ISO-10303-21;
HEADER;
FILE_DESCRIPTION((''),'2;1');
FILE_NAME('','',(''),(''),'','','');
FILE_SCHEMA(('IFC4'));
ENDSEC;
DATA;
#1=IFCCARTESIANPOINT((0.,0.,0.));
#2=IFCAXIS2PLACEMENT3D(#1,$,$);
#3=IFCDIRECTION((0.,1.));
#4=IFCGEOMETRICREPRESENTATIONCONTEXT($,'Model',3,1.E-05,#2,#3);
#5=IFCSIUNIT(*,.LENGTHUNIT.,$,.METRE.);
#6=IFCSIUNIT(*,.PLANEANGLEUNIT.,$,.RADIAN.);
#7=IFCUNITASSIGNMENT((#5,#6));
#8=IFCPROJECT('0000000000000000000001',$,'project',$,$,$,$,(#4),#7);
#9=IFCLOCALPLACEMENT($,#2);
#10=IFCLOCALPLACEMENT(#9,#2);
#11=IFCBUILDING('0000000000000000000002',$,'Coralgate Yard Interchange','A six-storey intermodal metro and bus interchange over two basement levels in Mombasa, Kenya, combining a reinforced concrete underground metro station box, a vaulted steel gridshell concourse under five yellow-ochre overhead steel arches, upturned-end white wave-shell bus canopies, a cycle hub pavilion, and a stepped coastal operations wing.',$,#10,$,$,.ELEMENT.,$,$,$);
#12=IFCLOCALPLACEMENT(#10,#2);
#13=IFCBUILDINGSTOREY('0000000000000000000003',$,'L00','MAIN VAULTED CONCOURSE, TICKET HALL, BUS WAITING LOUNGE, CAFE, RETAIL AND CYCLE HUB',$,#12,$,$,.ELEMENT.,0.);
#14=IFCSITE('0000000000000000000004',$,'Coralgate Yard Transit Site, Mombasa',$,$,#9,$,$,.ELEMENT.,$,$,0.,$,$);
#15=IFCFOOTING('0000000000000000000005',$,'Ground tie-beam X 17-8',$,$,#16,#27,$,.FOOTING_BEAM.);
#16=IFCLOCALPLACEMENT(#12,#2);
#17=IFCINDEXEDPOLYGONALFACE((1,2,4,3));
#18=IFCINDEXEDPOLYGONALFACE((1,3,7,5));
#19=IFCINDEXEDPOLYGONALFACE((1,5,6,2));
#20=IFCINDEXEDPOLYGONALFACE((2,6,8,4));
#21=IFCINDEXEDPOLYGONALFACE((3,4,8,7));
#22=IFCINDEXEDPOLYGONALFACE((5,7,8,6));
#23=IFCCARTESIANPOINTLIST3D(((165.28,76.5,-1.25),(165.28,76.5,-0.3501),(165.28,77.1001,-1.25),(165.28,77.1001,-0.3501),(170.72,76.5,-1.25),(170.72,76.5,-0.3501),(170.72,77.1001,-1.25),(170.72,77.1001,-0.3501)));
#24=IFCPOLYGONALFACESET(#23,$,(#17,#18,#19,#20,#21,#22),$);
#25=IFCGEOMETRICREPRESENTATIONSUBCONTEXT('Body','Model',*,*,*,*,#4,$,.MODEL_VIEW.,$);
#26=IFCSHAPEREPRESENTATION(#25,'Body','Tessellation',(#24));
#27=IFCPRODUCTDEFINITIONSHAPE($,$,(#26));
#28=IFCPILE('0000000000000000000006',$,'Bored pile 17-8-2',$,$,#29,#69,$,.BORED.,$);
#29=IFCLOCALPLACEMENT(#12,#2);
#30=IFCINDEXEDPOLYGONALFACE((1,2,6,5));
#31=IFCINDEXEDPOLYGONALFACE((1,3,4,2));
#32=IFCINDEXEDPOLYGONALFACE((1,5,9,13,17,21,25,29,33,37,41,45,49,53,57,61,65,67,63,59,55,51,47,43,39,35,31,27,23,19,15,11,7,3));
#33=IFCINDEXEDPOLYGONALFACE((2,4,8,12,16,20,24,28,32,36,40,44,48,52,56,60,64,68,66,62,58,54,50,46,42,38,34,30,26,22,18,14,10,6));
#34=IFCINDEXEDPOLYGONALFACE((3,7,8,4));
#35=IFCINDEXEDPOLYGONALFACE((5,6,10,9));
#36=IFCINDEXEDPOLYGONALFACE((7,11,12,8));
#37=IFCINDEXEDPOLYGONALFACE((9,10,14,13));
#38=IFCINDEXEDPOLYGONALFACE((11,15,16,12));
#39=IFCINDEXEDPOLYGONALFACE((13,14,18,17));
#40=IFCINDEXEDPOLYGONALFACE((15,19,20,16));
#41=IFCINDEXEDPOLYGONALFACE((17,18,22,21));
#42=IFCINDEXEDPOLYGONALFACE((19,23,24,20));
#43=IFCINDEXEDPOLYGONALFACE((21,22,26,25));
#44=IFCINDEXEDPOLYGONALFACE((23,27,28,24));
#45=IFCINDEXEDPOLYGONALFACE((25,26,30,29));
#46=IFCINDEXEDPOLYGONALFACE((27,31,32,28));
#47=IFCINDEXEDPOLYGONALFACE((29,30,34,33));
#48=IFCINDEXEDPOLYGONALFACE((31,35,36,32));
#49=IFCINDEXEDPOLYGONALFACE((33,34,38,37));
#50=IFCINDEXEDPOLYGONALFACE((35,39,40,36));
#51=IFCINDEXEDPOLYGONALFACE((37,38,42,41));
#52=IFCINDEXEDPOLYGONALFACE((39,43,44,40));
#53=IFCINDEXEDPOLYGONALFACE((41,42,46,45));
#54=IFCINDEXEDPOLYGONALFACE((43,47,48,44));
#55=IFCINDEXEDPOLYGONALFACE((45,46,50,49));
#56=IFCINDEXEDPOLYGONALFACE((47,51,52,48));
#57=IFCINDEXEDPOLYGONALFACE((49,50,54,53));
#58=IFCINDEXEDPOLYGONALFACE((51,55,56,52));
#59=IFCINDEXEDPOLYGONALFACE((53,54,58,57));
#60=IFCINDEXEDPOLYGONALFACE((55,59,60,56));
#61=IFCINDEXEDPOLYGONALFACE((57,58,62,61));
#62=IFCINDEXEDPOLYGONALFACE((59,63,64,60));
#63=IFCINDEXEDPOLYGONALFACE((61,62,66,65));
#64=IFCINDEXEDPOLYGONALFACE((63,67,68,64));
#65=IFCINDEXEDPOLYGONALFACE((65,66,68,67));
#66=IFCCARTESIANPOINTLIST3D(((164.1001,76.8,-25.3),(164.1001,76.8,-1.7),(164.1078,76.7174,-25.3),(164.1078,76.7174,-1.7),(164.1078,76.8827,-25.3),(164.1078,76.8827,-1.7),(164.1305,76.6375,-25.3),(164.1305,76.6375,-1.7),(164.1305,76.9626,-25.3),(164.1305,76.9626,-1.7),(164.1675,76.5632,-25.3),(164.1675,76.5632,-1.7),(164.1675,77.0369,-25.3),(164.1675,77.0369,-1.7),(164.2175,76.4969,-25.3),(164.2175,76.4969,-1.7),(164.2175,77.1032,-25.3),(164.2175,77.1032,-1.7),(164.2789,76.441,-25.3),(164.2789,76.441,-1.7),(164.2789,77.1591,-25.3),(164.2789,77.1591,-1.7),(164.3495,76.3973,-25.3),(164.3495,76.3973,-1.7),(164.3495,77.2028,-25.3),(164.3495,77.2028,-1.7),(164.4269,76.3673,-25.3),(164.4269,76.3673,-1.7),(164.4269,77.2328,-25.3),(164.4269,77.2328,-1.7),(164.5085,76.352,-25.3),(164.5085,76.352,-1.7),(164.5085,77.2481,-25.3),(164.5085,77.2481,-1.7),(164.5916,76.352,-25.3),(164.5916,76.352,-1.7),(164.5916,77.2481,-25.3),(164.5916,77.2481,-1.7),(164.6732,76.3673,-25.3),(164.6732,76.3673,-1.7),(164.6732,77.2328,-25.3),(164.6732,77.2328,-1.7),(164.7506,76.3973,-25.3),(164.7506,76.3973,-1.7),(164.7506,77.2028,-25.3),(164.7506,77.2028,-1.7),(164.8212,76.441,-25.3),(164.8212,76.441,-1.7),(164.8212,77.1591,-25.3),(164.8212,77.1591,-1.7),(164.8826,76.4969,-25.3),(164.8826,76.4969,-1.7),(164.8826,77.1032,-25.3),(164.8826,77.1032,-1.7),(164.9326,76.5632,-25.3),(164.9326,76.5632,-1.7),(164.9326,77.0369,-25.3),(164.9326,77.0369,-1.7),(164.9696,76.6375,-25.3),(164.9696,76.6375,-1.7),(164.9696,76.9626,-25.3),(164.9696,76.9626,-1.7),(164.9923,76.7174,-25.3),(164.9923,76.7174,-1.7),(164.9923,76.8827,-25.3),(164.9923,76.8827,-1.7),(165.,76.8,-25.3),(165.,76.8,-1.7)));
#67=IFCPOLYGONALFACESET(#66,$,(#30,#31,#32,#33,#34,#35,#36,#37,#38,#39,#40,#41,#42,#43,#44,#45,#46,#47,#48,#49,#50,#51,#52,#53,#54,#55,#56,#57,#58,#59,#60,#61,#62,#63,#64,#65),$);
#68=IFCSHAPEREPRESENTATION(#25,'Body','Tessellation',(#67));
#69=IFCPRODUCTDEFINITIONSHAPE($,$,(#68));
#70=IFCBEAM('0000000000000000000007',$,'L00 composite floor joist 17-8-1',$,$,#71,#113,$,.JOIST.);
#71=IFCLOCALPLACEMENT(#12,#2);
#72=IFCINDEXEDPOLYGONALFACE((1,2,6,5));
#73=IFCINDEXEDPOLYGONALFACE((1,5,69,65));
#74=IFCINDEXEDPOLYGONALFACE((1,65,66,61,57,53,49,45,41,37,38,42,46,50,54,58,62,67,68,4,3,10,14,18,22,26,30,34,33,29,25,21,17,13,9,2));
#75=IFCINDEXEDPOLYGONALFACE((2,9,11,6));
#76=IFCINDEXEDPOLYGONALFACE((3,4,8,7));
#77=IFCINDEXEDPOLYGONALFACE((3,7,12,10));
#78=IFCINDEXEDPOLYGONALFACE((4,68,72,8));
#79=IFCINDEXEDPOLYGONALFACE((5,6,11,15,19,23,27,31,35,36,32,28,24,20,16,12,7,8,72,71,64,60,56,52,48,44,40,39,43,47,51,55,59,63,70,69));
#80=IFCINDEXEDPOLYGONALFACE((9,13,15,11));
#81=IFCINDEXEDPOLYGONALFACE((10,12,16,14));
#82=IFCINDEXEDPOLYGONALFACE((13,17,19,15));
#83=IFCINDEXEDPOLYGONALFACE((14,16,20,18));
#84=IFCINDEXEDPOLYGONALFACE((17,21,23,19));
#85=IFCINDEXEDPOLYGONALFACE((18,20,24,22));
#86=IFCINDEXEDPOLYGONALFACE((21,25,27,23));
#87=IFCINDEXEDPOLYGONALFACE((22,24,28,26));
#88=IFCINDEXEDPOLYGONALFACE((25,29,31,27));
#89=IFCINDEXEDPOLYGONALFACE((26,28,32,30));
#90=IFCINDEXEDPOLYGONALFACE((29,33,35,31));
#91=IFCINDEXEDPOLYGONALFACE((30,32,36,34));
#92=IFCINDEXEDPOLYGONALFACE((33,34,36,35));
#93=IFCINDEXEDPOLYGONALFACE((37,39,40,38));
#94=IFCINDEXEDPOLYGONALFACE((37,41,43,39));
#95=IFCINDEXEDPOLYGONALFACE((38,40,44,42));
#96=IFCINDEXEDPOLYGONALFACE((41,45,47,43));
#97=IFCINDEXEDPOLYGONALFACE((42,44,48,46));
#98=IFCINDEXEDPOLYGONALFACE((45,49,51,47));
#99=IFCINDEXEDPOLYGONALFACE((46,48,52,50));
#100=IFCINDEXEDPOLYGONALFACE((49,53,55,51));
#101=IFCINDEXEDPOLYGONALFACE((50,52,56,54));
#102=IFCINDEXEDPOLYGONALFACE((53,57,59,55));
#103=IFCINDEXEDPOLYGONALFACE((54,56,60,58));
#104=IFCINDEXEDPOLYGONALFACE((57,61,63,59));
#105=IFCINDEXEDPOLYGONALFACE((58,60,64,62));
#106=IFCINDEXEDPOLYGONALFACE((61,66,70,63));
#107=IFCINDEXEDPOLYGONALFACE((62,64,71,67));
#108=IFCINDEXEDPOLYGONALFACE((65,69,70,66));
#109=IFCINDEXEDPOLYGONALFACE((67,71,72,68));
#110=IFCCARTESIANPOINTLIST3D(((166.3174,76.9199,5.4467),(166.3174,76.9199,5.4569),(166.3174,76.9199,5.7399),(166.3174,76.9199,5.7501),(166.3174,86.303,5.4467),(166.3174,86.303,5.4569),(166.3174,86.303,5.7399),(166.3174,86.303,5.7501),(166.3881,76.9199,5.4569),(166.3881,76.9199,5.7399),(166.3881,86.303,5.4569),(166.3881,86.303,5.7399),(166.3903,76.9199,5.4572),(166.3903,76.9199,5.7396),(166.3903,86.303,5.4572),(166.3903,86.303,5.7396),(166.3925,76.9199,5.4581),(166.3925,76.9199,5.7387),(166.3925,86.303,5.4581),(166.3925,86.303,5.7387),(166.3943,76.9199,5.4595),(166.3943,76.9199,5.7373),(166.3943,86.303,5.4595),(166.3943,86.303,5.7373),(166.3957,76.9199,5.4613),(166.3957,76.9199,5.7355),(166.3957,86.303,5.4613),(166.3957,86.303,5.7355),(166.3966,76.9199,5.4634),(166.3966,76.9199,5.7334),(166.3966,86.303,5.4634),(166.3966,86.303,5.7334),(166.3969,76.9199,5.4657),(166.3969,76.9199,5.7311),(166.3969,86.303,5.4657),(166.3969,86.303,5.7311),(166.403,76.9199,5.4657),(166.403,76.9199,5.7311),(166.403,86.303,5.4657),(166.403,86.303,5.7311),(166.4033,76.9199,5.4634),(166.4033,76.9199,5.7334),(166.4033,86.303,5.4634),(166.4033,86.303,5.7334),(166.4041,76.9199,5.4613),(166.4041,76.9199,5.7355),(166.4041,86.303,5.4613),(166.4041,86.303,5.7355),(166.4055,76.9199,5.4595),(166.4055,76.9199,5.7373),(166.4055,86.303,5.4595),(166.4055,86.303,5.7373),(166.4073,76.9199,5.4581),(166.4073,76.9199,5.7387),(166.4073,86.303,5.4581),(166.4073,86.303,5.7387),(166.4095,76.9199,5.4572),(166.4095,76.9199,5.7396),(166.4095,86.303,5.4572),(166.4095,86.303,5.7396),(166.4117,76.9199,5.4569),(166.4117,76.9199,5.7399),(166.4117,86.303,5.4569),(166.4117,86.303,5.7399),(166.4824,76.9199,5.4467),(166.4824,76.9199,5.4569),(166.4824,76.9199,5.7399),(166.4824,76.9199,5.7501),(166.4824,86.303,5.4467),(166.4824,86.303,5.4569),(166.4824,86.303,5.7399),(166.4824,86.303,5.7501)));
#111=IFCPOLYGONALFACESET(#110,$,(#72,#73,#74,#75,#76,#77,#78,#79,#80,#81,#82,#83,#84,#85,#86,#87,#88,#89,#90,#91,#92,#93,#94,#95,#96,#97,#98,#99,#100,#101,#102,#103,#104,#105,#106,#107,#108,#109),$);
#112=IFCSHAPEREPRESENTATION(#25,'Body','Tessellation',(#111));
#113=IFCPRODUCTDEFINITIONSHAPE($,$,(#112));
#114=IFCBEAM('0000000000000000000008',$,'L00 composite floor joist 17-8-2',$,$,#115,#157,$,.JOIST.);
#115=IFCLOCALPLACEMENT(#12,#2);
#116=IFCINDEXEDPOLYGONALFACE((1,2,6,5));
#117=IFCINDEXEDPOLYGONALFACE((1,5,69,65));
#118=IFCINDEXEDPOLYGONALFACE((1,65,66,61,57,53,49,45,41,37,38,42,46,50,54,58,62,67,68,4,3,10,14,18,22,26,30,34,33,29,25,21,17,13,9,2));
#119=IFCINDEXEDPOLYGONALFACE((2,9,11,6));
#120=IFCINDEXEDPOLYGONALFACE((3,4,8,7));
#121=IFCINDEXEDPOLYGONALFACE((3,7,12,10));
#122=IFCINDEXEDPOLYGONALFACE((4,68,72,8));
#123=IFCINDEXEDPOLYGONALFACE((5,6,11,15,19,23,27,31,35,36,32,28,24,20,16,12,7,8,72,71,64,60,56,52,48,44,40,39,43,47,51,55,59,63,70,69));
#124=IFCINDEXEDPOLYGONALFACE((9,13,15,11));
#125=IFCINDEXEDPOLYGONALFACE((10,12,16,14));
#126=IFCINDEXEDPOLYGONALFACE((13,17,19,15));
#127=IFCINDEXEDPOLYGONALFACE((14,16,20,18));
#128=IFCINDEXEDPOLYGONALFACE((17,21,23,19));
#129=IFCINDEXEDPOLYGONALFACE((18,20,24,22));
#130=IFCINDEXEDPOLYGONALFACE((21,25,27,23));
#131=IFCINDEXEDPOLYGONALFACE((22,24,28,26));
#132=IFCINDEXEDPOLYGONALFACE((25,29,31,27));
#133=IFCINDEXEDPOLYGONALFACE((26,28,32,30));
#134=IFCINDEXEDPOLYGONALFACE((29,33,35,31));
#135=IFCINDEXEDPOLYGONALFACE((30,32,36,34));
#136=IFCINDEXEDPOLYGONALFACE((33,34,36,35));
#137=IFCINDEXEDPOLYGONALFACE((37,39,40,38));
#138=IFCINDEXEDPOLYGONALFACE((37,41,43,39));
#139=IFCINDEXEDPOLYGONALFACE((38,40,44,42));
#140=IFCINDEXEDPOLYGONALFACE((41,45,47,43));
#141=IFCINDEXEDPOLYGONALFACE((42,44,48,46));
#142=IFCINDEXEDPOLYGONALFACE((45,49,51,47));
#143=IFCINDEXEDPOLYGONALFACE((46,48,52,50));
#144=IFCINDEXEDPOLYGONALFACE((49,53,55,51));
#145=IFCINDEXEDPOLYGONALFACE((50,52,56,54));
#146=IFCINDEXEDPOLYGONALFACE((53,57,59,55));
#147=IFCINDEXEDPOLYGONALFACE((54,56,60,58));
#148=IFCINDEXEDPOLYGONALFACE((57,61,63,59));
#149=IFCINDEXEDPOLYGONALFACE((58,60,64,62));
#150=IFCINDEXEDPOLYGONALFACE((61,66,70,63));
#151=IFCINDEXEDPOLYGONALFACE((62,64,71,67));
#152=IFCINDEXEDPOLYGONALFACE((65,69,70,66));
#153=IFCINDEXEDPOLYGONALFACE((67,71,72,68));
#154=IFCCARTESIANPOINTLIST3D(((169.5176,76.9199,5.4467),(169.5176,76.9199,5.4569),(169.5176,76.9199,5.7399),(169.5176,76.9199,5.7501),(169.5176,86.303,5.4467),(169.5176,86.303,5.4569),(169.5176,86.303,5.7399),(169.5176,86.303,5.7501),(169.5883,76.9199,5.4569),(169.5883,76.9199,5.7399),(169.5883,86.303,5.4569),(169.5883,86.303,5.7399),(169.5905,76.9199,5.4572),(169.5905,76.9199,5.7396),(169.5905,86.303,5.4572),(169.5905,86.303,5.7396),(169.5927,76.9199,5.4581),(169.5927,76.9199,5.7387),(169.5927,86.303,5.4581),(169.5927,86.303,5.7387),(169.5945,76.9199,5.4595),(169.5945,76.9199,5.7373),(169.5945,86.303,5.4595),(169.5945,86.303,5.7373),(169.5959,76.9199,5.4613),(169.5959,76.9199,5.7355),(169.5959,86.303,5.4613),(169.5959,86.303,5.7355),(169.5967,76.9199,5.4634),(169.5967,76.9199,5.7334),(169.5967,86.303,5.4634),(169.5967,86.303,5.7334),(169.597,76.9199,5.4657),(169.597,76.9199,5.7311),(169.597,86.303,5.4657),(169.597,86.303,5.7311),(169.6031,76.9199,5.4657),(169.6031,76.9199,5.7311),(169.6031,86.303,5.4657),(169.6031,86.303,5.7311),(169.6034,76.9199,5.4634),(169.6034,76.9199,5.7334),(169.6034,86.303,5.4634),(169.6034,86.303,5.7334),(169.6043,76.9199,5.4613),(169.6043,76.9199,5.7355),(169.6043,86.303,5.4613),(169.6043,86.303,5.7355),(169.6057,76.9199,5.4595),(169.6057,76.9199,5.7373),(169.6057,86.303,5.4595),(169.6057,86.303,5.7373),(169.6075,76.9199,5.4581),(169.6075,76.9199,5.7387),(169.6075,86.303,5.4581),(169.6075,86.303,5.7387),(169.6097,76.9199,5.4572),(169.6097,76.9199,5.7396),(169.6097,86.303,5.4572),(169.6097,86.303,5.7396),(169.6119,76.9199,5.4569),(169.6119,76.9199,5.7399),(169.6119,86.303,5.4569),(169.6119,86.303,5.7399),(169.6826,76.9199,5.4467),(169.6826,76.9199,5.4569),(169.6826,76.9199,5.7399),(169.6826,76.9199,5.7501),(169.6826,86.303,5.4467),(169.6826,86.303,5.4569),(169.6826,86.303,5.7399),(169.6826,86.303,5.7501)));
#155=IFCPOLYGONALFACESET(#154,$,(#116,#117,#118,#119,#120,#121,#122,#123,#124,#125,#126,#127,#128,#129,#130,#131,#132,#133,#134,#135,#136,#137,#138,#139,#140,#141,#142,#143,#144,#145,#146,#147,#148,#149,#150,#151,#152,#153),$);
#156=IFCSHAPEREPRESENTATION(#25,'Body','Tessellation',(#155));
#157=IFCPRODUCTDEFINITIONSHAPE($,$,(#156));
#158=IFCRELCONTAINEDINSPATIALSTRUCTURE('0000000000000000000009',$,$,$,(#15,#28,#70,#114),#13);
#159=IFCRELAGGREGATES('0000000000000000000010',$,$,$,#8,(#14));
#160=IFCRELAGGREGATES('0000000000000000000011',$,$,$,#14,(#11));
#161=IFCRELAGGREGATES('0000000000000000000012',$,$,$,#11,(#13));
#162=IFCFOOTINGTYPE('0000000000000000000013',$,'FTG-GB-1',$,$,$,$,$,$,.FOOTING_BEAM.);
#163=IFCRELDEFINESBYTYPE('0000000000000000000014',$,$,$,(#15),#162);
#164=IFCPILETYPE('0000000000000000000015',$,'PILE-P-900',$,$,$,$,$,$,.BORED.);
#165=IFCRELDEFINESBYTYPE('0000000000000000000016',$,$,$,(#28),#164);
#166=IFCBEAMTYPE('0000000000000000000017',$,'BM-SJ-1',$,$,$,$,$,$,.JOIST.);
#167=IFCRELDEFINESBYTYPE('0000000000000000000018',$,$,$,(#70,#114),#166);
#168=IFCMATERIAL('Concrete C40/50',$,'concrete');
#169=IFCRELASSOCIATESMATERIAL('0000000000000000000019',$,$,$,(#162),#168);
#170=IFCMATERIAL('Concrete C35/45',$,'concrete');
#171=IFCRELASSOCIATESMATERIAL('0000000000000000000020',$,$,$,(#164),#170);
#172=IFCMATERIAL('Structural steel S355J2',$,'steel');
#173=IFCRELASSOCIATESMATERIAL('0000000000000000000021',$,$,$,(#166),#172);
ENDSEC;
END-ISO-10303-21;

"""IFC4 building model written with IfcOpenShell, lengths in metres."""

from ifc_helpers import new_model, si_unit, direction, frame, origin, origin_2d, place, context, subcontext, project, spatial, rectangle, circle, i_section, extrude, material, material_profile, profile_set, type_object, element, save


model = new_model("IFC4")

# Units and contexts
model_context = context("Model", 3, precision=1e-05, world=origin(), true_north=direction((0.0, 1.0)))
body_context = subcontext(model_context, "Body", "Model", "MODEL_VIEW")
ifc_project = project(units=[si_unit("LENGTHUNIT", "METRE"), si_unit("PLANEANGLEUNIT", "RADIAN")], contexts=[model_context])

# Site, building, storey
site_placement = place(None, origin())
site = spatial("IfcSite", under=ifc_project, at=site_placement, Name="Coralgate Yard Transit Site, Mombasa", CompositionType="ELEMENT", RefElevation=0.0)
building_placement = place(site_placement, origin())
building = spatial("IfcBuilding", under=site, at=building_placement, Name="Coralgate Yard Interchange", Description="A six-storey intermodal metro and bus interchange over two basement levels in Mombasa, Kenya, combining a reinforced concrete underground metro station box, a vaulted steel gridshell concourse under five yellow-ochre overhead steel arches, upturned-end white wave-shell bus canopies, a cycle hub pavilion, and a stepped coastal operations wing.", CompositionType="ELEMENT")
storey_placement = place(building_placement, origin())
storey = spatial("IfcBuildingStorey", under=building, at=storey_placement, Name="L00", Description="MAIN VAULTED CONCOURSE, TICKET HALL, BUS WAITING LOUNGE, CAFE, RETAIL AND CYCLE HUB", CompositionType="ELEMENT", Elevation=0.0)

# Footing
ifc_material_1 = material(Name="Concrete C40/50", Category="concrete")
ifc_material_profile_1 = material_profile(ifc_material_1, rectangle(XDim=0.6001, YDim=0.8999, at=origin_2d()), Name="RC 600x900")
ifc_profile_set_1 = profile_set([ifc_material_profile_1], Name="Concrete C40/50")
footing_type = type_object("IfcFootingType", Name="FTG-GB-1", PredefinedType="FOOTING_BEAM", material=ifc_profile_set_1)
footing_placement = place(storey_placement, frame((165.28, 76.8, -0.8), z_axis=(1.0, 0.0, 0.0), x_axis=(0.0, 1.0, 0.0)))
element("IfcFooting", 1, at=footing_placement, inside=storey, type_object=footing_type, Name="Ground tie-beam X 17-8", PredefinedType="FOOTING_BEAM", context=body_context, shape_type="SweptSolid", body=[
    extrude(rectangle(XDim=0.6001, YDim=0.8999, at=origin_2d()), origin(), (0.0, 0.0, 1.0), 5.4399),
])

# Pile
ifc_material_2 = material(Name="Concrete C35/45", Category="concrete")
ifc_material_profile_2 = material_profile(ifc_material_2, circle(Radius=0.45, at=origin_2d()), Name="BORED PILE D900")
ifc_profile_set_2 = profile_set([ifc_material_profile_2], Name="Concrete C35/45")
pile_type = type_object("IfcPileType", Name="PILE-P-900", PredefinedType="BORED", material=ifc_profile_set_2)
pile_placement = place(storey_placement, frame((164.55, 76.8, -1.7), z_axis=(0.0, 0.0, -1.0), x_axis=(1.0, 0.0, 0.0)))
element("IfcPile", 2, at=pile_placement, inside=storey, type_object=pile_type, Name="Bored pile 17-8-2", PredefinedType="BORED", context=body_context, shape_type="SweptSolid", body=[
    extrude(circle(Radius=0.45, at=origin_2d()), origin(), (0.0, 0.0, 1.0), 23.6001),
])

# Beams
ifc_material_3 = material(Name="Structural steel S355J2", Category="steel")
ifc_material_profile_3 = material_profile(ifc_material_3, i_section(OverallWidth=0.165, OverallDepth=0.3035, WebThickness=0.0061, FlangeThickness=0.0103, FilletRadius=0.0088, at=origin_2d()), Name="UB 305x165x40")
ifc_profile_set_3 = profile_set([ifc_material_profile_3], Name="Structural steel S355J2")
beam_type = type_object("IfcBeamType", Name="BM-SJ-1", PredefinedType="JOIST", material=ifc_profile_set_3)
for number, where, z_axis, x_axis, name in (
    (3, (166.3999, 76.9199, 5.5984), (0.0, 1.0, 0.0), (-1.0, 0.0, 0.0), "L00 composite floor joist 17-8-1"),
    (4, (169.6001, 76.9199, 5.5984), (0.0, 1.0, 0.0), (-1.0, 0.0, 0.0), "L00 composite floor joist 17-8-2"),
):
    element("IfcBeam", number, at=place(storey_placement, frame(where, z_axis=z_axis, x_axis=x_axis)), inside=storey, type_object=beam_type, Name=name, PredefinedType="JOIST", context=body_context, shape_type="SweptSolid", body=[
        extrude(i_section(OverallWidth=0.165, OverallDepth=0.3035, WebThickness=0.0061, FlangeThickness=0.0103, FilletRadius=0.0088, at=origin_2d()), origin(), (0.0, 0.0, 1.0), 9.3831),
    ])

save(model, "model.ifc")
